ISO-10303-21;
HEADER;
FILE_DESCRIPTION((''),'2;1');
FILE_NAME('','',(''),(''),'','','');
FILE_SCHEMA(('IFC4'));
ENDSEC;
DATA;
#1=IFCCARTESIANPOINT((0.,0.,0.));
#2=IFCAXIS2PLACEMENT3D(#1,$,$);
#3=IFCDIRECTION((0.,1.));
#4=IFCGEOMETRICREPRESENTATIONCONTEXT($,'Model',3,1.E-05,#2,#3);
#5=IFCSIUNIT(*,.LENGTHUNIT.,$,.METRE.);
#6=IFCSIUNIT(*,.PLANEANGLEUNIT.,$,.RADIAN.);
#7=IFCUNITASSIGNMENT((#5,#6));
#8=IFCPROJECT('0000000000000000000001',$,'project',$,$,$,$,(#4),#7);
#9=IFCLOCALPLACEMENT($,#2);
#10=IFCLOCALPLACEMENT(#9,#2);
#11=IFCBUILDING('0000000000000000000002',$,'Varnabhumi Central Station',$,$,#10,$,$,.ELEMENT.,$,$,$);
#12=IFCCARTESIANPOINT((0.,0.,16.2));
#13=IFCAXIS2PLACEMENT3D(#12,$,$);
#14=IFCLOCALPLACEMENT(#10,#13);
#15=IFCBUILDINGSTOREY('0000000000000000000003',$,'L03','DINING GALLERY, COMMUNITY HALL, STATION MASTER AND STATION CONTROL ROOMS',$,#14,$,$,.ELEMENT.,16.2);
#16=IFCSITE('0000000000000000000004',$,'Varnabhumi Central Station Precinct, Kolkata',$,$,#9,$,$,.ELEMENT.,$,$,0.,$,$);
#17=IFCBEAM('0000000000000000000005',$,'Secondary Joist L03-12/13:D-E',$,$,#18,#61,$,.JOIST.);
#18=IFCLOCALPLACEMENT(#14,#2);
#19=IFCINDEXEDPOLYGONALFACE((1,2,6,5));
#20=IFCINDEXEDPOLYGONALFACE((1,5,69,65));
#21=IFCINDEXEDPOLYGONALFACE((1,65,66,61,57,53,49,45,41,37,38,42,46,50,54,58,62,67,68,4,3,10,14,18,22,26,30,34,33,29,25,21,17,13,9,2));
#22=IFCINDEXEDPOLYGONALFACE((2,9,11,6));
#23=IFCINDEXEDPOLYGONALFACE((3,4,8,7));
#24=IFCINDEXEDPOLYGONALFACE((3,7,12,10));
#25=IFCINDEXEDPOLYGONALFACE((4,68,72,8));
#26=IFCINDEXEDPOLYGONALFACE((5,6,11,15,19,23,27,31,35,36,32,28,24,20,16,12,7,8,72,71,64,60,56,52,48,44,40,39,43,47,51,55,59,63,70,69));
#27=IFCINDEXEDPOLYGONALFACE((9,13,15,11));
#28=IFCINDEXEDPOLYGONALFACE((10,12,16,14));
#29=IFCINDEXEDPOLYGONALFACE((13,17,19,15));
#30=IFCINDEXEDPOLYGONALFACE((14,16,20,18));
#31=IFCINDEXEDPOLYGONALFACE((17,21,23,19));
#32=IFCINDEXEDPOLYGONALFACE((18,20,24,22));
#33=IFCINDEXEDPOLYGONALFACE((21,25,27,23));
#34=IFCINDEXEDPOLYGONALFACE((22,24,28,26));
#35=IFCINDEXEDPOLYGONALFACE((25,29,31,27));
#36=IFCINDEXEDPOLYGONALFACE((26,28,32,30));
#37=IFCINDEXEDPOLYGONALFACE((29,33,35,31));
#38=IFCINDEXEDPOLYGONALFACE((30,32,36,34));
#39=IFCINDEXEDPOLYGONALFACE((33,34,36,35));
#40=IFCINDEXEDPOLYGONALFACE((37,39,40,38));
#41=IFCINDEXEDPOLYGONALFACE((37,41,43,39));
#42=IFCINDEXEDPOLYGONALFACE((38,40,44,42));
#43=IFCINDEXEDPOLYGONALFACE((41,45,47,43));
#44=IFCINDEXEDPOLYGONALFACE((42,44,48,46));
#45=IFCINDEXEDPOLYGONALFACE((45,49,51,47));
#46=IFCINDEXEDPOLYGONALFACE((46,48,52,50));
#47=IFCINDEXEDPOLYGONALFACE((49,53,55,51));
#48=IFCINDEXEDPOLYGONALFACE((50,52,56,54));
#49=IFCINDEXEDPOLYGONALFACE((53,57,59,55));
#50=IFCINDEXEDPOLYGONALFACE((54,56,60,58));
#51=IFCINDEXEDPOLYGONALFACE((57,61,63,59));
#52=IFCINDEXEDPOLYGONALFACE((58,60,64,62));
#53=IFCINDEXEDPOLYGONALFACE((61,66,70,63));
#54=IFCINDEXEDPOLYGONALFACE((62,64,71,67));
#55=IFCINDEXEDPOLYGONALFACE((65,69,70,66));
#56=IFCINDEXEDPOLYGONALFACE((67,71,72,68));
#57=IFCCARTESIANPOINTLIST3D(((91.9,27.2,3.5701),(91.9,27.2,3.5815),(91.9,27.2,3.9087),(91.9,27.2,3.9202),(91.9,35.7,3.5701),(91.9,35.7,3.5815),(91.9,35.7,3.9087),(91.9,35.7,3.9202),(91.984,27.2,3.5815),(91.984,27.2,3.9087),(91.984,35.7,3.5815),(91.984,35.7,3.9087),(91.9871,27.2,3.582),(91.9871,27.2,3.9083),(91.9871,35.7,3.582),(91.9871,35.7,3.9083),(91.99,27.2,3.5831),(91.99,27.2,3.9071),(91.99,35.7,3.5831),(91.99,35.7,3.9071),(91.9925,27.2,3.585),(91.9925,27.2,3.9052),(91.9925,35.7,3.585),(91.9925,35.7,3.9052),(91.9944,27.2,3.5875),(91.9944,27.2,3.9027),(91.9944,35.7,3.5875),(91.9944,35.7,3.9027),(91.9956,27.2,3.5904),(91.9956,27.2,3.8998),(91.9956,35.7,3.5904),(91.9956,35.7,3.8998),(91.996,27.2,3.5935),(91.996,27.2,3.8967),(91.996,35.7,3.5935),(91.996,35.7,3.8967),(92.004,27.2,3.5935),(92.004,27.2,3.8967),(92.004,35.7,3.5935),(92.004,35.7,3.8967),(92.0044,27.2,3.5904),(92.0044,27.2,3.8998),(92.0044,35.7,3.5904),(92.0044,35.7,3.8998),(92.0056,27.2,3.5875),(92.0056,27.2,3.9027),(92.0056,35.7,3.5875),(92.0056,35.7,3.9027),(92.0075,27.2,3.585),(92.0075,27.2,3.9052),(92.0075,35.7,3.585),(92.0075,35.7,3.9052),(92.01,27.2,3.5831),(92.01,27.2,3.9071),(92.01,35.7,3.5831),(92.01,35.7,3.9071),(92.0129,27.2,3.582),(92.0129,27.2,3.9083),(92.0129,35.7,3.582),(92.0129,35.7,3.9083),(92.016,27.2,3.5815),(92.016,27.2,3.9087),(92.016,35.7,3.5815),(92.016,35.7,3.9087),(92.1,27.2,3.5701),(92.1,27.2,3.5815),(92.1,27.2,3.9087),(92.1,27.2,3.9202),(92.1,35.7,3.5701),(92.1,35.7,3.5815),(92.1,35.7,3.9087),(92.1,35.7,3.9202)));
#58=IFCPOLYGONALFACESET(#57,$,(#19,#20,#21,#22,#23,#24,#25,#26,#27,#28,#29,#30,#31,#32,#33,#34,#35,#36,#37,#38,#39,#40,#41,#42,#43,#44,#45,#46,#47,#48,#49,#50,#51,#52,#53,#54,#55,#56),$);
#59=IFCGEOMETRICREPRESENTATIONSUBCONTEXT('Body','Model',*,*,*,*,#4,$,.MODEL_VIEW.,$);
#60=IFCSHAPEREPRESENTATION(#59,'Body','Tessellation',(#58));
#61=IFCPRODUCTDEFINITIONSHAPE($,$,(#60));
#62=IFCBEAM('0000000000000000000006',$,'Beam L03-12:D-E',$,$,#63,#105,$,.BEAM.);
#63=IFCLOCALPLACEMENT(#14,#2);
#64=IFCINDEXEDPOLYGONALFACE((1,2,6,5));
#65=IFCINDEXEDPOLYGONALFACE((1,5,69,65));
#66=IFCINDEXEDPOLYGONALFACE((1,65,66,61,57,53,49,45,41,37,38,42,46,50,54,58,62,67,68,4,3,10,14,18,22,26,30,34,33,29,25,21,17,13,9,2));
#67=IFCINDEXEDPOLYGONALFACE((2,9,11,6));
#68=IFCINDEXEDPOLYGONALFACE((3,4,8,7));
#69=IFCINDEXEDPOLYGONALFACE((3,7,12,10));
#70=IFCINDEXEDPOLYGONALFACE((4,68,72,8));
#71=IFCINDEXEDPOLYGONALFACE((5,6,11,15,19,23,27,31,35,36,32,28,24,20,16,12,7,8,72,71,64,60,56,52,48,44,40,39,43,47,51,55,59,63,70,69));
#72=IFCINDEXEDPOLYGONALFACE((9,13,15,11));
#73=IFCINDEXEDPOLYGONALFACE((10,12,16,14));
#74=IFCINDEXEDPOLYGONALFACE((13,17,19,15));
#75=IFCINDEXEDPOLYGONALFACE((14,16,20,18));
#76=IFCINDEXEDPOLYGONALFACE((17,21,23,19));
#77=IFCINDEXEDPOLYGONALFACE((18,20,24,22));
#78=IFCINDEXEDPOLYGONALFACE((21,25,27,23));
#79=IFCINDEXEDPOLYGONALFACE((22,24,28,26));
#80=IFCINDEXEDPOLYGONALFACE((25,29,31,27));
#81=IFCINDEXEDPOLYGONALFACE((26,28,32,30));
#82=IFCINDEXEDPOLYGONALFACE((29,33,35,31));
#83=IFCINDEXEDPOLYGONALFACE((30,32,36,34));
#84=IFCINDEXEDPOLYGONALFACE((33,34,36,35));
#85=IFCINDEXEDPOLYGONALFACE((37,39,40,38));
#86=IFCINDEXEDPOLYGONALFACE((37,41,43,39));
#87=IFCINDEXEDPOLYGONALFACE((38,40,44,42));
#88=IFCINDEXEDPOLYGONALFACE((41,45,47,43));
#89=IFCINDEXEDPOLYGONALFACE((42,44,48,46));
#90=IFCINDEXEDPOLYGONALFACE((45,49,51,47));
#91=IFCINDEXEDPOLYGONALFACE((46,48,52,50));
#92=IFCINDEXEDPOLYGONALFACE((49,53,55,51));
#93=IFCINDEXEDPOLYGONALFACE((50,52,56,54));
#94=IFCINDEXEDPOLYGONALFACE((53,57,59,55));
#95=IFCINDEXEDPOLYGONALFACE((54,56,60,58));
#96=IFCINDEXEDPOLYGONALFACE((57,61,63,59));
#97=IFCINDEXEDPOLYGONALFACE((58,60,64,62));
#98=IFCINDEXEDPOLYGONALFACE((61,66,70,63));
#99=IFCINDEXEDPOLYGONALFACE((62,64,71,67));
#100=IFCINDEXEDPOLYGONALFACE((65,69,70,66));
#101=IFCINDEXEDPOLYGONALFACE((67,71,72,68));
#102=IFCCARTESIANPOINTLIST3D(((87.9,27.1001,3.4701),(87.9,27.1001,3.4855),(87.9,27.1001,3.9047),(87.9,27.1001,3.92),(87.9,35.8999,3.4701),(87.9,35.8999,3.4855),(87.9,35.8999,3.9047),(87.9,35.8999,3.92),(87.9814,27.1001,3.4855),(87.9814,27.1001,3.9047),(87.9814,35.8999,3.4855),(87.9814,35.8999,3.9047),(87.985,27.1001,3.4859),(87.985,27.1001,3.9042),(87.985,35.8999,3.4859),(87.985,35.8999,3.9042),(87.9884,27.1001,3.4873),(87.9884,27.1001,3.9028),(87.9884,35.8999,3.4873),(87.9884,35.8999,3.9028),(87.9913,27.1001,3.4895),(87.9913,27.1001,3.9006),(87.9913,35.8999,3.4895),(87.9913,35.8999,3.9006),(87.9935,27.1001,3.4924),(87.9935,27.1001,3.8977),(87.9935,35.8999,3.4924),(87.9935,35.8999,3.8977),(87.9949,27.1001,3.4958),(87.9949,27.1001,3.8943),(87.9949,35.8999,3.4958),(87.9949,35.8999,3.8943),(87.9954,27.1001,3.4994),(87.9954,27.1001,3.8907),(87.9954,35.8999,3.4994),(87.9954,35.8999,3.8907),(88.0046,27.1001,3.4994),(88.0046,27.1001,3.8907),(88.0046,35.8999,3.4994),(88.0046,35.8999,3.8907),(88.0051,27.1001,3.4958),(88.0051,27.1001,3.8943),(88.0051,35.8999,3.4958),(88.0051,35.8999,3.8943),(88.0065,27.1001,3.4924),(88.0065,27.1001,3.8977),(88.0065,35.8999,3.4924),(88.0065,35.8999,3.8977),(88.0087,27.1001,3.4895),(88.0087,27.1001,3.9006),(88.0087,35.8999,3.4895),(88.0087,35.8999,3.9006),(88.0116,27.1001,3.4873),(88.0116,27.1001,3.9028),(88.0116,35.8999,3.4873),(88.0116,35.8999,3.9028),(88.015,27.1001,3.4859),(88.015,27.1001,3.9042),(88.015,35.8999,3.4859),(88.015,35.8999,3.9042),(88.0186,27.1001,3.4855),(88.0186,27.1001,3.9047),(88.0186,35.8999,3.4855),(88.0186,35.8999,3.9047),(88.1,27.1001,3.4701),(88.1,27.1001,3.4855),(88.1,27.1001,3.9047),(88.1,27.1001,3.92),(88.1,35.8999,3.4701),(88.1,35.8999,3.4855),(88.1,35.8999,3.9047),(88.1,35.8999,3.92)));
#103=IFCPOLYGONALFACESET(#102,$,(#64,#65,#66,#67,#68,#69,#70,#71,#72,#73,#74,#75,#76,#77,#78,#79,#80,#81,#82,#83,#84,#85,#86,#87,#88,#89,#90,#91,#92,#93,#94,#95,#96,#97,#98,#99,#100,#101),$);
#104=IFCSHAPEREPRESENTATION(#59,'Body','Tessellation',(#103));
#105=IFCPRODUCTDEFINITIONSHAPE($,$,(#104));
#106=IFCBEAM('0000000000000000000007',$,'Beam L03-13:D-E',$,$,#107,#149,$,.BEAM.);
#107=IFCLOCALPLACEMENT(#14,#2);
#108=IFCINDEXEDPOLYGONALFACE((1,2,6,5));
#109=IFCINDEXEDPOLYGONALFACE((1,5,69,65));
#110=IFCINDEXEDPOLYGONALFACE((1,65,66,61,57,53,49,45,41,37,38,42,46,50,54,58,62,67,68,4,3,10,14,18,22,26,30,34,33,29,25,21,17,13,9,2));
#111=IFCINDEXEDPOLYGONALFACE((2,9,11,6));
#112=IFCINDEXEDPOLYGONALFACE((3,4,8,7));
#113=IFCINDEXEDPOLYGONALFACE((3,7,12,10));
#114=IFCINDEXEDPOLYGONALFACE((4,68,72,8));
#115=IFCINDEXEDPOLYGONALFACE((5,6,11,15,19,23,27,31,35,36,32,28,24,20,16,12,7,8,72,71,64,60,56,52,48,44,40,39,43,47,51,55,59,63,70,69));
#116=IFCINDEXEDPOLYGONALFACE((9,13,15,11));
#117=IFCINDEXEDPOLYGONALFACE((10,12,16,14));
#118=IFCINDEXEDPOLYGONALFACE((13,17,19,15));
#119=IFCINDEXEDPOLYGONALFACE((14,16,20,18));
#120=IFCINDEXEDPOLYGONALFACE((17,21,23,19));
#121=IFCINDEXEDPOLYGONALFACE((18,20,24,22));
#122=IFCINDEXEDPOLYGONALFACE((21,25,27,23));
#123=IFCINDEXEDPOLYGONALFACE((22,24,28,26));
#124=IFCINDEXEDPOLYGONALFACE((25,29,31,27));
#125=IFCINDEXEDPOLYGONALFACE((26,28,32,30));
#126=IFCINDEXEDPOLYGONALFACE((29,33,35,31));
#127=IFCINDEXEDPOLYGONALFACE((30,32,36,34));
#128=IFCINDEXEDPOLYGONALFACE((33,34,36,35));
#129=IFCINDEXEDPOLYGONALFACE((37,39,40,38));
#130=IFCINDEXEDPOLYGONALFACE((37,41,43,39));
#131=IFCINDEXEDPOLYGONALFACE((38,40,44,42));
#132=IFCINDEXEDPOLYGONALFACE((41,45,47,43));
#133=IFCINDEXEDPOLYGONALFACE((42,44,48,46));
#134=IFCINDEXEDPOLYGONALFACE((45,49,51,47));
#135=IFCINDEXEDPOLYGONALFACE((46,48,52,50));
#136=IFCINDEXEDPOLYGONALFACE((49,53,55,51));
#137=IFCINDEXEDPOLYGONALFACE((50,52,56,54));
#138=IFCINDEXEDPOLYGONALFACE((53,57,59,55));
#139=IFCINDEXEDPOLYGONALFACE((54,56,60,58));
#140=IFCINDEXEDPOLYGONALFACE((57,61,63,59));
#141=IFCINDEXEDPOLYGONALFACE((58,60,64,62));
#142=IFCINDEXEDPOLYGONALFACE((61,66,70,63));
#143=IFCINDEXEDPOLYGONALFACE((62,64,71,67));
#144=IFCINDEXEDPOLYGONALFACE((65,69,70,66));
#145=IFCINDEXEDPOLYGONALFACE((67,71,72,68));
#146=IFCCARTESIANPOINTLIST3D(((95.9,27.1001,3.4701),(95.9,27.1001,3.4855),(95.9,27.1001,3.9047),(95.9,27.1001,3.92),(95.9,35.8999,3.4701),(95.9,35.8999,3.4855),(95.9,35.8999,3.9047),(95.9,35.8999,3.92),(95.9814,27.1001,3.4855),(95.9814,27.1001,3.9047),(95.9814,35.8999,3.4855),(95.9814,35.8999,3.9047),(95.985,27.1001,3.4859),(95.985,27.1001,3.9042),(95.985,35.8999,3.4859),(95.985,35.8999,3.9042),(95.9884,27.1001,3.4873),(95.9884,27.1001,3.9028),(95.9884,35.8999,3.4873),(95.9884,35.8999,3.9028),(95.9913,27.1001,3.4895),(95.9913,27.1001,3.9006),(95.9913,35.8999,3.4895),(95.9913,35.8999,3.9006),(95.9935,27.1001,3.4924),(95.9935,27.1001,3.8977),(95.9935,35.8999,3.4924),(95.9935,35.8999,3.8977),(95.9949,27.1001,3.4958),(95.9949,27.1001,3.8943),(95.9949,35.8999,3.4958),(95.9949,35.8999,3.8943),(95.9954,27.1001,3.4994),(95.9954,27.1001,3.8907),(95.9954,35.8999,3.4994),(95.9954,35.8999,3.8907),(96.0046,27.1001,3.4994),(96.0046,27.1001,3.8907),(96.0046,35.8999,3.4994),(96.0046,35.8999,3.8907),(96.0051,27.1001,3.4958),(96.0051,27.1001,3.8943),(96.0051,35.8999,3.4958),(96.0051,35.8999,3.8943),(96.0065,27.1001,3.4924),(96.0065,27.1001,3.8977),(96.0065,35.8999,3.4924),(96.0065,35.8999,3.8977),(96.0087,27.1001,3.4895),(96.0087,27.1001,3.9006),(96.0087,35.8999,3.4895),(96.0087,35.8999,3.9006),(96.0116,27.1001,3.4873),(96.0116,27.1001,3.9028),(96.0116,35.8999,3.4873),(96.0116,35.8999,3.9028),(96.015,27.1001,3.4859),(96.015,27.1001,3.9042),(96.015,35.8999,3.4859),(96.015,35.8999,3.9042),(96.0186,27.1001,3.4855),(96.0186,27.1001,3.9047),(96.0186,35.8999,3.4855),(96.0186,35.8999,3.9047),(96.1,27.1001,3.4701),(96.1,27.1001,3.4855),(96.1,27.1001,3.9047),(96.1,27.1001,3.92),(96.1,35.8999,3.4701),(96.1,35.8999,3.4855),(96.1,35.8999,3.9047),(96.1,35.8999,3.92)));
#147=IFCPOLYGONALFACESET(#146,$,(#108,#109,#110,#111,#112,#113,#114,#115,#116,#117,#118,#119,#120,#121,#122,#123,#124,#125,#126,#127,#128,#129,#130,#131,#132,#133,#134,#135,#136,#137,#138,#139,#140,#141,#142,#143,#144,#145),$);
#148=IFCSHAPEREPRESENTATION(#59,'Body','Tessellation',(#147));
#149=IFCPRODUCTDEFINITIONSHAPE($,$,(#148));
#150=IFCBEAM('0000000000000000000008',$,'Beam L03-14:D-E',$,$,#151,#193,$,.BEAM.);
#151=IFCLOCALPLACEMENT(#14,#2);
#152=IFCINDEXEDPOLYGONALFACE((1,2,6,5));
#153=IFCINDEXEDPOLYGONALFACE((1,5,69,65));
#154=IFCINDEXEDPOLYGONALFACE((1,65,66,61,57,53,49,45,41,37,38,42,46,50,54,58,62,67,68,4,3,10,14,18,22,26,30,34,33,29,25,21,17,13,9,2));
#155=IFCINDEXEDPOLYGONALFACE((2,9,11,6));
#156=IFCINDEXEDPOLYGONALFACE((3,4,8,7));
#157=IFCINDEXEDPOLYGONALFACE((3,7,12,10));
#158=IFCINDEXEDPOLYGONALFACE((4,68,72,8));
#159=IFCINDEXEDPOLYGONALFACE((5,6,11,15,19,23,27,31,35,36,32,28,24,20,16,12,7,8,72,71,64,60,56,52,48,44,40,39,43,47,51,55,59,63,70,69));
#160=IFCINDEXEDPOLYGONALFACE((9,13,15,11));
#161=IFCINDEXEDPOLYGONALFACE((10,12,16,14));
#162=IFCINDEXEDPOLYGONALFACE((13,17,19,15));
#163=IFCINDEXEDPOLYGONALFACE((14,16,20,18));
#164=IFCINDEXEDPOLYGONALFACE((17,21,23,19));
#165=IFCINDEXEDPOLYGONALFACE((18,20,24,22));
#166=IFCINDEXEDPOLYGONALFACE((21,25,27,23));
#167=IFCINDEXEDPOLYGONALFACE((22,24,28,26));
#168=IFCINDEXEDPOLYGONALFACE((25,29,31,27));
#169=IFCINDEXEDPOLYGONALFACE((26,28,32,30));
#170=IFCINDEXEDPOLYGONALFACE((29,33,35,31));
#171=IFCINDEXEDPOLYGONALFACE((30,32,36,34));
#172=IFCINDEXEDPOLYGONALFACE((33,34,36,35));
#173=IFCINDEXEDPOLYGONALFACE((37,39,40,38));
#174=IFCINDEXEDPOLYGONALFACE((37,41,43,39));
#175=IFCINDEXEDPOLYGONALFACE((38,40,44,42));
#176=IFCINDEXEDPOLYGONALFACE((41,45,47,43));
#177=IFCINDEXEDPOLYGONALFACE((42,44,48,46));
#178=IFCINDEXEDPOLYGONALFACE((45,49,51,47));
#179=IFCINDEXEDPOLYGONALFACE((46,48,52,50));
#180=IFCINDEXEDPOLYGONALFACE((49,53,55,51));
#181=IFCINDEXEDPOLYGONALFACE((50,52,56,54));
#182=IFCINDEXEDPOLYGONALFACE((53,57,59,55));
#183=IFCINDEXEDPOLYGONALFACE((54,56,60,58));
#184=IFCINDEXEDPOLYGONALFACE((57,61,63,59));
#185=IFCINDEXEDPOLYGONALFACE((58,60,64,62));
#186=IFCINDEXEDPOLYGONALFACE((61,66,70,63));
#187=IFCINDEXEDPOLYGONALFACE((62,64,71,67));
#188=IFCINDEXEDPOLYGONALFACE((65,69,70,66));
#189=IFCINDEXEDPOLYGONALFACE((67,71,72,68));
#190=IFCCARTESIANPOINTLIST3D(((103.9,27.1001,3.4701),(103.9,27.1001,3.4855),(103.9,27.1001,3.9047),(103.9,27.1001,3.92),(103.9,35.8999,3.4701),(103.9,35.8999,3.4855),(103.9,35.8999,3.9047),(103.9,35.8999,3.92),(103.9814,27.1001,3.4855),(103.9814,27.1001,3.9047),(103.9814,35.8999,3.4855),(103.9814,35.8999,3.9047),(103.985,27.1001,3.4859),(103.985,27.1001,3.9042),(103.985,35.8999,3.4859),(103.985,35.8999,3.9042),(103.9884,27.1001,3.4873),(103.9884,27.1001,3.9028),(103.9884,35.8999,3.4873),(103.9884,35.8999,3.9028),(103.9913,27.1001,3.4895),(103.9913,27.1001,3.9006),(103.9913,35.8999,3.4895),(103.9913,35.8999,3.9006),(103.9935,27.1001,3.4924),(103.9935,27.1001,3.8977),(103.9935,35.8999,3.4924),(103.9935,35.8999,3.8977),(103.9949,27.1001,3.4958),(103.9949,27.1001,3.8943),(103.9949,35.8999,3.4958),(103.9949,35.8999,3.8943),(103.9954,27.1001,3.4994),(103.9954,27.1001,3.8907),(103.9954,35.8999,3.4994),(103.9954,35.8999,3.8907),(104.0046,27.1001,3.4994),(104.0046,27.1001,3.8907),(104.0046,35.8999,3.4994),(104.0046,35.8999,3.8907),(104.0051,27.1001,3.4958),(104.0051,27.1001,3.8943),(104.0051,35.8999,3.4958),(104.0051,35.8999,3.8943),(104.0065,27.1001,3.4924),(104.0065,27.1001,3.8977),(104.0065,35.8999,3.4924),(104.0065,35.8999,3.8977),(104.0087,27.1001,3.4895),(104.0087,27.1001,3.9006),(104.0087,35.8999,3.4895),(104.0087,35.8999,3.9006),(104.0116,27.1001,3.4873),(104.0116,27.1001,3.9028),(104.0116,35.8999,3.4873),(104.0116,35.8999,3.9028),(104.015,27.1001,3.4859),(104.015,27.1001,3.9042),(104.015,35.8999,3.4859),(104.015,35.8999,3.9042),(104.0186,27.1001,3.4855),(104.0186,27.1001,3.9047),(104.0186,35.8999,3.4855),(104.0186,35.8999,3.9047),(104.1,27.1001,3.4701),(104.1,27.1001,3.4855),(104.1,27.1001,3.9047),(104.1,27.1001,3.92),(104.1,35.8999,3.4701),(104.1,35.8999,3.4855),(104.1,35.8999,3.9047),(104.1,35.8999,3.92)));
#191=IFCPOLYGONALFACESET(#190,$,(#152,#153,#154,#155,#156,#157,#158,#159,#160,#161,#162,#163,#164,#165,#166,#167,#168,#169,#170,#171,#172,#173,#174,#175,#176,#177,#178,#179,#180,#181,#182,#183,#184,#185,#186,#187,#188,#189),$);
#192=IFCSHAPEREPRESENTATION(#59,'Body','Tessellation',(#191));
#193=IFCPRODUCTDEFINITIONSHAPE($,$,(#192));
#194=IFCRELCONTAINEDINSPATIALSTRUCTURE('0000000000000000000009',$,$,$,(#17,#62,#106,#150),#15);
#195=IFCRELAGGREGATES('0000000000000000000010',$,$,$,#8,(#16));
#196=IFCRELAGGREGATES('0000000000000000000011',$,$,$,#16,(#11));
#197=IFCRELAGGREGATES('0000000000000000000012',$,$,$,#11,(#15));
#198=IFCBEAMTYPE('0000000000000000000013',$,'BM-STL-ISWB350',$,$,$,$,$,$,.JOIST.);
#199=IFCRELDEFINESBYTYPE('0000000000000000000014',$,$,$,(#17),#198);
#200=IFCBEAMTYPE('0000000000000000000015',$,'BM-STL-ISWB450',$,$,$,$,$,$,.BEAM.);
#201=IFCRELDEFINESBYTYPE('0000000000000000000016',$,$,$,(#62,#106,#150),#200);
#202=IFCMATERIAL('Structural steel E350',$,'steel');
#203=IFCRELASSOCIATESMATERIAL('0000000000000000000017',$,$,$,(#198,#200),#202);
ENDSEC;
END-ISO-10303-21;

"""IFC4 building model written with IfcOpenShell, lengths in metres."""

from ifc_helpers import new_model, si_unit, direction, frame, origin, origin_2d, place, context, subcontext, project, spatial, i_section, extrude, material, material_profile, profile_set, type_object, element, save


model = new_model("IFC4")

# Units and contexts
model_context = context("Model", 3, precision=1e-05, world=origin(), true_north=direction((0.0, 1.0)))
body_context = subcontext(model_context, "Body", "Model", "MODEL_VIEW")
ifc_project = project(units=[si_unit("LENGTHUNIT", "METRE"), si_unit("PLANEANGLEUNIT", "RADIAN")], contexts=[model_context])

# Site, building, storey
site_placement = place(None, origin())
site = spatial("IfcSite", under=ifc_project, at=site_placement, Name="Varnabhumi Central Station Precinct, Kolkata", CompositionType="ELEMENT", RefElevation=0.0)
building_placement = place(site_placement, origin())
building = spatial("IfcBuilding", under=site, at=building_placement, Name="Varnabhumi Central Station", CompositionType="ELEMENT")
storey_placement = place(building_placement, frame((0.0, 0.0, 16.2)))
storey = spatial("IfcBuildingStorey", under=building, at=storey_placement, Name="L03", Description="DINING GALLERY, COMMUNITY HALL, STATION MASTER AND STATION CONTROL ROOMS", CompositionType="ELEMENT", Elevation=16.2)

# Beams
ifc_material_1 = material(Name="Structural steel E350", Category="steel")
ifc_material_profile_1 = material_profile(ifc_material_1, i_section(OverallWidth=0.2, OverallDepth=0.3501, WebThickness=0.0081, FlangeThickness=0.0115, FilletRadius=0.012, at=origin_2d()), Name="Structural steel E350", Category="steel")
ifc_profile_set_1 = profile_set([ifc_material_profile_1], Name="Structural steel E350")
beam_type_1 = type_object("IfcBeamType", Name="BM-STL-ISWB350", PredefinedType="JOIST", material=ifc_profile_set_1)
beam_1_placement = place(storey_placement, frame((92.0, 27.2, 3.7451), z_axis=(0.0, 1.0, 0.0), x_axis=(-1.0, 0.0, 0.0)))
element("IfcBeam", 1, at=beam_1_placement, inside=storey, type_object=beam_type_1, Name="Secondary Joist L03-12/13:D-E", PredefinedType="JOIST", context=body_context, shape_type="SweptSolid", body=[
    extrude(i_section(OverallWidth=0.2, OverallDepth=0.3501, WebThickness=0.0081, FlangeThickness=0.0115, FilletRadius=0.012, at=origin_2d()), origin(), (0.0, 0.0, 1.0), 8.5),
])
ifc_material_profile_2 = material_profile(ifc_material_1, i_section(OverallWidth=0.2, OverallDepth=0.45, WebThickness=0.0093, FlangeThickness=0.0154, FilletRadius=0.0139, at=origin_2d()), Name="Structural steel E350", Category="steel")
ifc_profile_set_2 = profile_set([ifc_material_profile_2], Name="Structural steel E350")
beam_type_2 = type_object("IfcBeamType", Name="BM-STL-ISWB450", PredefinedType="BEAM", material=ifc_profile_set_2)
for number, where, z_axis, x_axis, name in (
    (2, (88.0, 27.1001, 3.6951), (0.0, 1.0, 0.0), (-1.0, 0.0, 0.0), "Beam L03-12:D-E"),
    (3, (96.0, 27.1001, 3.6951), (0.0, 1.0, 0.0), (-1.0, 0.0, 0.0), "Beam L03-13:D-E"),
    (4, (104.0, 27.1001, 3.6951), (0.0, 1.0, 0.0), (-1.0, 0.0, 0.0), "Beam L03-14:D-E"),
):
    element("IfcBeam", number, at=place(storey_placement, frame(where, z_axis=z_axis, x_axis=x_axis)), inside=storey, type_object=beam_type_2, Name=name, PredefinedType="BEAM", context=body_context, shape_type="SweptSolid", body=[
        extrude(i_section(OverallWidth=0.2, OverallDepth=0.45, WebThickness=0.0093, FlangeThickness=0.0154, FilletRadius=0.0139, at=origin_2d()), origin(), (0.0, 0.0, 1.0), 8.7998),
    ])

save(model, "model.ifc")
